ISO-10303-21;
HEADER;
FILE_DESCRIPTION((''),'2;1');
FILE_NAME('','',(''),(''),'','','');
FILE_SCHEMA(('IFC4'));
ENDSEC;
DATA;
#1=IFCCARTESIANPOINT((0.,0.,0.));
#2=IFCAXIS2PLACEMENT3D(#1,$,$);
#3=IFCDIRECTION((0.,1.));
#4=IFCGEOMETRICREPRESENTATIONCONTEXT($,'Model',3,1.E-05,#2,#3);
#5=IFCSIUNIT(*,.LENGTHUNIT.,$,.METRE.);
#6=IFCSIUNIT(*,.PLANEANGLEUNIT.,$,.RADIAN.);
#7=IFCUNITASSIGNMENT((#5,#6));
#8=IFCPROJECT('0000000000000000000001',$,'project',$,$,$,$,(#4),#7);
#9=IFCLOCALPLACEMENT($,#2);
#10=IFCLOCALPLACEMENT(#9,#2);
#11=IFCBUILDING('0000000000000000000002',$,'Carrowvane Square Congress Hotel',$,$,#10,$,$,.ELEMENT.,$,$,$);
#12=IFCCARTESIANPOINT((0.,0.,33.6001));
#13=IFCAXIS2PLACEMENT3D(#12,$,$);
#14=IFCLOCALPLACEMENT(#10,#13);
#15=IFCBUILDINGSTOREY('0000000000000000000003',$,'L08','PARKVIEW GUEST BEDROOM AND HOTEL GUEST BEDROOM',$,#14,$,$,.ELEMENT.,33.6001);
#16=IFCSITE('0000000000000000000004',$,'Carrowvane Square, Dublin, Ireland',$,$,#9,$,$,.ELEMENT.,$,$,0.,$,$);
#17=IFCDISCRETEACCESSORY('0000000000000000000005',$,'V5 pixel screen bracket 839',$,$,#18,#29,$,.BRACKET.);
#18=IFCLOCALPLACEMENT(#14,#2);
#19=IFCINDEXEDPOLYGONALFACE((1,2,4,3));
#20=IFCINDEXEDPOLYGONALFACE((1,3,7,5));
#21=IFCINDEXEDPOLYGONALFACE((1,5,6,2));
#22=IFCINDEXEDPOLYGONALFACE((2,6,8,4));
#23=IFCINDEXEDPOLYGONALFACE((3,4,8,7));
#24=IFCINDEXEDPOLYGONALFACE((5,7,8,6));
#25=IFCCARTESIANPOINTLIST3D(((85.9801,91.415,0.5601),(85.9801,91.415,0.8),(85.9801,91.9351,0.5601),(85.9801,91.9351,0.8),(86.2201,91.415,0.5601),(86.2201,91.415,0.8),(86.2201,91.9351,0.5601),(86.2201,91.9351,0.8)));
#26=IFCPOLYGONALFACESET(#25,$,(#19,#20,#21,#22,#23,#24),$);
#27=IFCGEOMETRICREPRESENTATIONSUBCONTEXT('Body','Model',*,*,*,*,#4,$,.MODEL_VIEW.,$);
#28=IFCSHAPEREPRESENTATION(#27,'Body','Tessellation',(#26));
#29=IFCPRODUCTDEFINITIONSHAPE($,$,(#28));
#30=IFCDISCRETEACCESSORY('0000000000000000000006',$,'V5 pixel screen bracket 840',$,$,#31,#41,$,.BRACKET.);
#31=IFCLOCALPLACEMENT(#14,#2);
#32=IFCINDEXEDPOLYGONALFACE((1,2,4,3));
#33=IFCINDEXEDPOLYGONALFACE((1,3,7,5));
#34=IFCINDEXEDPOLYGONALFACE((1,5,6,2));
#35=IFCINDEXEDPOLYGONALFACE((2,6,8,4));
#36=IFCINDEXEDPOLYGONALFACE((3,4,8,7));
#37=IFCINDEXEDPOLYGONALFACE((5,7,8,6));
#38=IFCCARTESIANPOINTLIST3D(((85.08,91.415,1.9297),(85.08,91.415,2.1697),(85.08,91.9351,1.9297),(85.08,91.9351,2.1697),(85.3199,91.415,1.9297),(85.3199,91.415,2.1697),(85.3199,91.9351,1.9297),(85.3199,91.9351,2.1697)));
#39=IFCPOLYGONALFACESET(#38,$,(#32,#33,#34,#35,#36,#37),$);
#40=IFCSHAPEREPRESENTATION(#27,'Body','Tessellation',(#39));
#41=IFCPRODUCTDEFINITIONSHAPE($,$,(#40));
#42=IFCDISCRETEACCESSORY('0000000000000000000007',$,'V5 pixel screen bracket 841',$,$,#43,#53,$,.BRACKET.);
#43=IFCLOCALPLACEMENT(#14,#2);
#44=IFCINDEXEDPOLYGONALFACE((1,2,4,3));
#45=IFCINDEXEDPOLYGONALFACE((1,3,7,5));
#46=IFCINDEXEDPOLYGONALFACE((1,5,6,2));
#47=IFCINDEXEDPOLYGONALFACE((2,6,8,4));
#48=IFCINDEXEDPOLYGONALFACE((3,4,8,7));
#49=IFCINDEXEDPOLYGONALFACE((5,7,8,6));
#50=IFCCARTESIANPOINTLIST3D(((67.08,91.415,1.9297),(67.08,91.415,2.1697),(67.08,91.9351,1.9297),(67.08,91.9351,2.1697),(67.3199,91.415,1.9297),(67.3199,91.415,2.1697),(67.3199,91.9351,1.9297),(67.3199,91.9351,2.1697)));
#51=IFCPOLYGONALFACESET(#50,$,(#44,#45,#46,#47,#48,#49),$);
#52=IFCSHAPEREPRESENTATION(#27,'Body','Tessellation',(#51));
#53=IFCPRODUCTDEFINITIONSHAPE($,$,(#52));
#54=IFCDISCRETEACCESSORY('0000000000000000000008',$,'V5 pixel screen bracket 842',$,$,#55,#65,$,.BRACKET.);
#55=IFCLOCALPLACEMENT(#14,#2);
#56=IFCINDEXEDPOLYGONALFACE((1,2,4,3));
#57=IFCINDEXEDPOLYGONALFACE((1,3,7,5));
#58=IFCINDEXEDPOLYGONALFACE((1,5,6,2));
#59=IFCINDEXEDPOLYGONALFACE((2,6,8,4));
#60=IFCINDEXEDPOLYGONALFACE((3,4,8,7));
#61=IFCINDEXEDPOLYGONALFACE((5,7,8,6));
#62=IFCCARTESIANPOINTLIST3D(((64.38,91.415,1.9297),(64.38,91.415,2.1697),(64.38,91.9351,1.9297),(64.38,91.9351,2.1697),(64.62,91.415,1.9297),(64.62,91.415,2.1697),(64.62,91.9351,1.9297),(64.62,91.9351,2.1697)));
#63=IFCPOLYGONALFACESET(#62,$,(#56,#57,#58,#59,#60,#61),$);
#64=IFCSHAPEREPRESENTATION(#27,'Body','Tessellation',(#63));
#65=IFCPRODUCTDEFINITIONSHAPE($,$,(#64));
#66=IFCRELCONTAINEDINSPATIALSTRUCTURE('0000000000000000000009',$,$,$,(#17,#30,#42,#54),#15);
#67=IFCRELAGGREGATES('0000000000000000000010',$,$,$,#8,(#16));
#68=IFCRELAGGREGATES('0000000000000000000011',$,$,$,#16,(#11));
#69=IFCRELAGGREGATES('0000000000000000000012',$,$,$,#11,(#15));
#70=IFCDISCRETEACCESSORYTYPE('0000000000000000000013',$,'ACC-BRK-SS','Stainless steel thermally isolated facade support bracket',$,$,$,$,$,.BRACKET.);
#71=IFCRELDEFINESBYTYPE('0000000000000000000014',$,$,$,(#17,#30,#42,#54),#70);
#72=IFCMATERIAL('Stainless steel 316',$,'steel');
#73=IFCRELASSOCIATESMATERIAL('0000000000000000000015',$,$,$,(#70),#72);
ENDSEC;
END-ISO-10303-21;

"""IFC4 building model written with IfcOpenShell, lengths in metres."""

from ifc_helpers import new_model, si_unit, direction, frame, origin, origin_2d, place, context, subcontext, project, spatial, rectangle, extrude, material, type_object, element, save


model = new_model("IFC4")

# Units and contexts
model_context = context("Model", 3, precision=1e-05, world=origin(), true_north=direction((0.0, 1.0)))
body_context = subcontext(model_context, "Body", "Model", "MODEL_VIEW")
ifc_project = project(units=[si_unit("LENGTHUNIT", "METRE"), si_unit("PLANEANGLEUNIT", "RADIAN")], contexts=[model_context])

# Site, building, storey
site_placement = place(None, origin())
site = spatial("IfcSite", under=ifc_project, at=site_placement, Name="Carrowvane Square, Dublin, Ireland", CompositionType="ELEMENT", RefElevation=0.0)
building_placement = place(site_placement, origin())
building = spatial("IfcBuilding", under=site, at=building_placement, Name="Carrowvane Square Congress Hotel", CompositionType="ELEMENT")
storey_placement = place(building_placement, frame((0.0, 0.0, 33.6001)))
storey = spatial("IfcBuildingStorey", under=building, at=storey_placement, Name="L08", Description="PARKVIEW GUEST BEDROOM AND HOTEL GUEST BEDROOM", CompositionType="ELEMENT", Elevation=33.6001)

# Discrete accessories
ifc_material_1 = material(Name="Stainless steel 316", Category="steel")
discrete_accessory_type = type_object("IfcDiscreteAccessoryType", Name="ACC-BRK-SS", Description="Stainless steel thermally isolated facade support bracket", PredefinedType="BRACKET", material=ifc_material_1)
for number, where, z_axis, x_axis, name in (
    (1, (86.1001, 91.675, 0.5601), (0.0, 0.0, 1.0), (-1.0, 0.0, 0.0), "V5 pixel screen bracket 839"),
    (2, (85.2, 91.675, 1.9297), (0.0, 0.0, 1.0), (-1.0, 0.0, 0.0), "V5 pixel screen bracket 840"),
    (3, (67.2, 91.675, 1.9297), (0.0, 0.0, 1.0), (-1.0, 0.0, 0.0), "V5 pixel screen bracket 841"),
    (4, (64.5, 91.675, 1.9297), (0.0, 0.0, 1.0), (-1.0, 0.0, 0.0), "V5 pixel screen bracket 842"),
):
    element("IfcDiscreteAccessory", number, at=place(storey_placement, frame(where, z_axis=z_axis, x_axis=x_axis)), inside=storey, type_object=discrete_accessory_type, Name=name, PredefinedType="BRACKET", context=body_context, shape_type="SweptSolid", body=[
        extrude(rectangle(XDim=0.24, YDim=0.52, at=origin_2d()), origin(), (0.0, 0.0, 1.0), 0.24),
    ])

save(model, "model.ifc")
